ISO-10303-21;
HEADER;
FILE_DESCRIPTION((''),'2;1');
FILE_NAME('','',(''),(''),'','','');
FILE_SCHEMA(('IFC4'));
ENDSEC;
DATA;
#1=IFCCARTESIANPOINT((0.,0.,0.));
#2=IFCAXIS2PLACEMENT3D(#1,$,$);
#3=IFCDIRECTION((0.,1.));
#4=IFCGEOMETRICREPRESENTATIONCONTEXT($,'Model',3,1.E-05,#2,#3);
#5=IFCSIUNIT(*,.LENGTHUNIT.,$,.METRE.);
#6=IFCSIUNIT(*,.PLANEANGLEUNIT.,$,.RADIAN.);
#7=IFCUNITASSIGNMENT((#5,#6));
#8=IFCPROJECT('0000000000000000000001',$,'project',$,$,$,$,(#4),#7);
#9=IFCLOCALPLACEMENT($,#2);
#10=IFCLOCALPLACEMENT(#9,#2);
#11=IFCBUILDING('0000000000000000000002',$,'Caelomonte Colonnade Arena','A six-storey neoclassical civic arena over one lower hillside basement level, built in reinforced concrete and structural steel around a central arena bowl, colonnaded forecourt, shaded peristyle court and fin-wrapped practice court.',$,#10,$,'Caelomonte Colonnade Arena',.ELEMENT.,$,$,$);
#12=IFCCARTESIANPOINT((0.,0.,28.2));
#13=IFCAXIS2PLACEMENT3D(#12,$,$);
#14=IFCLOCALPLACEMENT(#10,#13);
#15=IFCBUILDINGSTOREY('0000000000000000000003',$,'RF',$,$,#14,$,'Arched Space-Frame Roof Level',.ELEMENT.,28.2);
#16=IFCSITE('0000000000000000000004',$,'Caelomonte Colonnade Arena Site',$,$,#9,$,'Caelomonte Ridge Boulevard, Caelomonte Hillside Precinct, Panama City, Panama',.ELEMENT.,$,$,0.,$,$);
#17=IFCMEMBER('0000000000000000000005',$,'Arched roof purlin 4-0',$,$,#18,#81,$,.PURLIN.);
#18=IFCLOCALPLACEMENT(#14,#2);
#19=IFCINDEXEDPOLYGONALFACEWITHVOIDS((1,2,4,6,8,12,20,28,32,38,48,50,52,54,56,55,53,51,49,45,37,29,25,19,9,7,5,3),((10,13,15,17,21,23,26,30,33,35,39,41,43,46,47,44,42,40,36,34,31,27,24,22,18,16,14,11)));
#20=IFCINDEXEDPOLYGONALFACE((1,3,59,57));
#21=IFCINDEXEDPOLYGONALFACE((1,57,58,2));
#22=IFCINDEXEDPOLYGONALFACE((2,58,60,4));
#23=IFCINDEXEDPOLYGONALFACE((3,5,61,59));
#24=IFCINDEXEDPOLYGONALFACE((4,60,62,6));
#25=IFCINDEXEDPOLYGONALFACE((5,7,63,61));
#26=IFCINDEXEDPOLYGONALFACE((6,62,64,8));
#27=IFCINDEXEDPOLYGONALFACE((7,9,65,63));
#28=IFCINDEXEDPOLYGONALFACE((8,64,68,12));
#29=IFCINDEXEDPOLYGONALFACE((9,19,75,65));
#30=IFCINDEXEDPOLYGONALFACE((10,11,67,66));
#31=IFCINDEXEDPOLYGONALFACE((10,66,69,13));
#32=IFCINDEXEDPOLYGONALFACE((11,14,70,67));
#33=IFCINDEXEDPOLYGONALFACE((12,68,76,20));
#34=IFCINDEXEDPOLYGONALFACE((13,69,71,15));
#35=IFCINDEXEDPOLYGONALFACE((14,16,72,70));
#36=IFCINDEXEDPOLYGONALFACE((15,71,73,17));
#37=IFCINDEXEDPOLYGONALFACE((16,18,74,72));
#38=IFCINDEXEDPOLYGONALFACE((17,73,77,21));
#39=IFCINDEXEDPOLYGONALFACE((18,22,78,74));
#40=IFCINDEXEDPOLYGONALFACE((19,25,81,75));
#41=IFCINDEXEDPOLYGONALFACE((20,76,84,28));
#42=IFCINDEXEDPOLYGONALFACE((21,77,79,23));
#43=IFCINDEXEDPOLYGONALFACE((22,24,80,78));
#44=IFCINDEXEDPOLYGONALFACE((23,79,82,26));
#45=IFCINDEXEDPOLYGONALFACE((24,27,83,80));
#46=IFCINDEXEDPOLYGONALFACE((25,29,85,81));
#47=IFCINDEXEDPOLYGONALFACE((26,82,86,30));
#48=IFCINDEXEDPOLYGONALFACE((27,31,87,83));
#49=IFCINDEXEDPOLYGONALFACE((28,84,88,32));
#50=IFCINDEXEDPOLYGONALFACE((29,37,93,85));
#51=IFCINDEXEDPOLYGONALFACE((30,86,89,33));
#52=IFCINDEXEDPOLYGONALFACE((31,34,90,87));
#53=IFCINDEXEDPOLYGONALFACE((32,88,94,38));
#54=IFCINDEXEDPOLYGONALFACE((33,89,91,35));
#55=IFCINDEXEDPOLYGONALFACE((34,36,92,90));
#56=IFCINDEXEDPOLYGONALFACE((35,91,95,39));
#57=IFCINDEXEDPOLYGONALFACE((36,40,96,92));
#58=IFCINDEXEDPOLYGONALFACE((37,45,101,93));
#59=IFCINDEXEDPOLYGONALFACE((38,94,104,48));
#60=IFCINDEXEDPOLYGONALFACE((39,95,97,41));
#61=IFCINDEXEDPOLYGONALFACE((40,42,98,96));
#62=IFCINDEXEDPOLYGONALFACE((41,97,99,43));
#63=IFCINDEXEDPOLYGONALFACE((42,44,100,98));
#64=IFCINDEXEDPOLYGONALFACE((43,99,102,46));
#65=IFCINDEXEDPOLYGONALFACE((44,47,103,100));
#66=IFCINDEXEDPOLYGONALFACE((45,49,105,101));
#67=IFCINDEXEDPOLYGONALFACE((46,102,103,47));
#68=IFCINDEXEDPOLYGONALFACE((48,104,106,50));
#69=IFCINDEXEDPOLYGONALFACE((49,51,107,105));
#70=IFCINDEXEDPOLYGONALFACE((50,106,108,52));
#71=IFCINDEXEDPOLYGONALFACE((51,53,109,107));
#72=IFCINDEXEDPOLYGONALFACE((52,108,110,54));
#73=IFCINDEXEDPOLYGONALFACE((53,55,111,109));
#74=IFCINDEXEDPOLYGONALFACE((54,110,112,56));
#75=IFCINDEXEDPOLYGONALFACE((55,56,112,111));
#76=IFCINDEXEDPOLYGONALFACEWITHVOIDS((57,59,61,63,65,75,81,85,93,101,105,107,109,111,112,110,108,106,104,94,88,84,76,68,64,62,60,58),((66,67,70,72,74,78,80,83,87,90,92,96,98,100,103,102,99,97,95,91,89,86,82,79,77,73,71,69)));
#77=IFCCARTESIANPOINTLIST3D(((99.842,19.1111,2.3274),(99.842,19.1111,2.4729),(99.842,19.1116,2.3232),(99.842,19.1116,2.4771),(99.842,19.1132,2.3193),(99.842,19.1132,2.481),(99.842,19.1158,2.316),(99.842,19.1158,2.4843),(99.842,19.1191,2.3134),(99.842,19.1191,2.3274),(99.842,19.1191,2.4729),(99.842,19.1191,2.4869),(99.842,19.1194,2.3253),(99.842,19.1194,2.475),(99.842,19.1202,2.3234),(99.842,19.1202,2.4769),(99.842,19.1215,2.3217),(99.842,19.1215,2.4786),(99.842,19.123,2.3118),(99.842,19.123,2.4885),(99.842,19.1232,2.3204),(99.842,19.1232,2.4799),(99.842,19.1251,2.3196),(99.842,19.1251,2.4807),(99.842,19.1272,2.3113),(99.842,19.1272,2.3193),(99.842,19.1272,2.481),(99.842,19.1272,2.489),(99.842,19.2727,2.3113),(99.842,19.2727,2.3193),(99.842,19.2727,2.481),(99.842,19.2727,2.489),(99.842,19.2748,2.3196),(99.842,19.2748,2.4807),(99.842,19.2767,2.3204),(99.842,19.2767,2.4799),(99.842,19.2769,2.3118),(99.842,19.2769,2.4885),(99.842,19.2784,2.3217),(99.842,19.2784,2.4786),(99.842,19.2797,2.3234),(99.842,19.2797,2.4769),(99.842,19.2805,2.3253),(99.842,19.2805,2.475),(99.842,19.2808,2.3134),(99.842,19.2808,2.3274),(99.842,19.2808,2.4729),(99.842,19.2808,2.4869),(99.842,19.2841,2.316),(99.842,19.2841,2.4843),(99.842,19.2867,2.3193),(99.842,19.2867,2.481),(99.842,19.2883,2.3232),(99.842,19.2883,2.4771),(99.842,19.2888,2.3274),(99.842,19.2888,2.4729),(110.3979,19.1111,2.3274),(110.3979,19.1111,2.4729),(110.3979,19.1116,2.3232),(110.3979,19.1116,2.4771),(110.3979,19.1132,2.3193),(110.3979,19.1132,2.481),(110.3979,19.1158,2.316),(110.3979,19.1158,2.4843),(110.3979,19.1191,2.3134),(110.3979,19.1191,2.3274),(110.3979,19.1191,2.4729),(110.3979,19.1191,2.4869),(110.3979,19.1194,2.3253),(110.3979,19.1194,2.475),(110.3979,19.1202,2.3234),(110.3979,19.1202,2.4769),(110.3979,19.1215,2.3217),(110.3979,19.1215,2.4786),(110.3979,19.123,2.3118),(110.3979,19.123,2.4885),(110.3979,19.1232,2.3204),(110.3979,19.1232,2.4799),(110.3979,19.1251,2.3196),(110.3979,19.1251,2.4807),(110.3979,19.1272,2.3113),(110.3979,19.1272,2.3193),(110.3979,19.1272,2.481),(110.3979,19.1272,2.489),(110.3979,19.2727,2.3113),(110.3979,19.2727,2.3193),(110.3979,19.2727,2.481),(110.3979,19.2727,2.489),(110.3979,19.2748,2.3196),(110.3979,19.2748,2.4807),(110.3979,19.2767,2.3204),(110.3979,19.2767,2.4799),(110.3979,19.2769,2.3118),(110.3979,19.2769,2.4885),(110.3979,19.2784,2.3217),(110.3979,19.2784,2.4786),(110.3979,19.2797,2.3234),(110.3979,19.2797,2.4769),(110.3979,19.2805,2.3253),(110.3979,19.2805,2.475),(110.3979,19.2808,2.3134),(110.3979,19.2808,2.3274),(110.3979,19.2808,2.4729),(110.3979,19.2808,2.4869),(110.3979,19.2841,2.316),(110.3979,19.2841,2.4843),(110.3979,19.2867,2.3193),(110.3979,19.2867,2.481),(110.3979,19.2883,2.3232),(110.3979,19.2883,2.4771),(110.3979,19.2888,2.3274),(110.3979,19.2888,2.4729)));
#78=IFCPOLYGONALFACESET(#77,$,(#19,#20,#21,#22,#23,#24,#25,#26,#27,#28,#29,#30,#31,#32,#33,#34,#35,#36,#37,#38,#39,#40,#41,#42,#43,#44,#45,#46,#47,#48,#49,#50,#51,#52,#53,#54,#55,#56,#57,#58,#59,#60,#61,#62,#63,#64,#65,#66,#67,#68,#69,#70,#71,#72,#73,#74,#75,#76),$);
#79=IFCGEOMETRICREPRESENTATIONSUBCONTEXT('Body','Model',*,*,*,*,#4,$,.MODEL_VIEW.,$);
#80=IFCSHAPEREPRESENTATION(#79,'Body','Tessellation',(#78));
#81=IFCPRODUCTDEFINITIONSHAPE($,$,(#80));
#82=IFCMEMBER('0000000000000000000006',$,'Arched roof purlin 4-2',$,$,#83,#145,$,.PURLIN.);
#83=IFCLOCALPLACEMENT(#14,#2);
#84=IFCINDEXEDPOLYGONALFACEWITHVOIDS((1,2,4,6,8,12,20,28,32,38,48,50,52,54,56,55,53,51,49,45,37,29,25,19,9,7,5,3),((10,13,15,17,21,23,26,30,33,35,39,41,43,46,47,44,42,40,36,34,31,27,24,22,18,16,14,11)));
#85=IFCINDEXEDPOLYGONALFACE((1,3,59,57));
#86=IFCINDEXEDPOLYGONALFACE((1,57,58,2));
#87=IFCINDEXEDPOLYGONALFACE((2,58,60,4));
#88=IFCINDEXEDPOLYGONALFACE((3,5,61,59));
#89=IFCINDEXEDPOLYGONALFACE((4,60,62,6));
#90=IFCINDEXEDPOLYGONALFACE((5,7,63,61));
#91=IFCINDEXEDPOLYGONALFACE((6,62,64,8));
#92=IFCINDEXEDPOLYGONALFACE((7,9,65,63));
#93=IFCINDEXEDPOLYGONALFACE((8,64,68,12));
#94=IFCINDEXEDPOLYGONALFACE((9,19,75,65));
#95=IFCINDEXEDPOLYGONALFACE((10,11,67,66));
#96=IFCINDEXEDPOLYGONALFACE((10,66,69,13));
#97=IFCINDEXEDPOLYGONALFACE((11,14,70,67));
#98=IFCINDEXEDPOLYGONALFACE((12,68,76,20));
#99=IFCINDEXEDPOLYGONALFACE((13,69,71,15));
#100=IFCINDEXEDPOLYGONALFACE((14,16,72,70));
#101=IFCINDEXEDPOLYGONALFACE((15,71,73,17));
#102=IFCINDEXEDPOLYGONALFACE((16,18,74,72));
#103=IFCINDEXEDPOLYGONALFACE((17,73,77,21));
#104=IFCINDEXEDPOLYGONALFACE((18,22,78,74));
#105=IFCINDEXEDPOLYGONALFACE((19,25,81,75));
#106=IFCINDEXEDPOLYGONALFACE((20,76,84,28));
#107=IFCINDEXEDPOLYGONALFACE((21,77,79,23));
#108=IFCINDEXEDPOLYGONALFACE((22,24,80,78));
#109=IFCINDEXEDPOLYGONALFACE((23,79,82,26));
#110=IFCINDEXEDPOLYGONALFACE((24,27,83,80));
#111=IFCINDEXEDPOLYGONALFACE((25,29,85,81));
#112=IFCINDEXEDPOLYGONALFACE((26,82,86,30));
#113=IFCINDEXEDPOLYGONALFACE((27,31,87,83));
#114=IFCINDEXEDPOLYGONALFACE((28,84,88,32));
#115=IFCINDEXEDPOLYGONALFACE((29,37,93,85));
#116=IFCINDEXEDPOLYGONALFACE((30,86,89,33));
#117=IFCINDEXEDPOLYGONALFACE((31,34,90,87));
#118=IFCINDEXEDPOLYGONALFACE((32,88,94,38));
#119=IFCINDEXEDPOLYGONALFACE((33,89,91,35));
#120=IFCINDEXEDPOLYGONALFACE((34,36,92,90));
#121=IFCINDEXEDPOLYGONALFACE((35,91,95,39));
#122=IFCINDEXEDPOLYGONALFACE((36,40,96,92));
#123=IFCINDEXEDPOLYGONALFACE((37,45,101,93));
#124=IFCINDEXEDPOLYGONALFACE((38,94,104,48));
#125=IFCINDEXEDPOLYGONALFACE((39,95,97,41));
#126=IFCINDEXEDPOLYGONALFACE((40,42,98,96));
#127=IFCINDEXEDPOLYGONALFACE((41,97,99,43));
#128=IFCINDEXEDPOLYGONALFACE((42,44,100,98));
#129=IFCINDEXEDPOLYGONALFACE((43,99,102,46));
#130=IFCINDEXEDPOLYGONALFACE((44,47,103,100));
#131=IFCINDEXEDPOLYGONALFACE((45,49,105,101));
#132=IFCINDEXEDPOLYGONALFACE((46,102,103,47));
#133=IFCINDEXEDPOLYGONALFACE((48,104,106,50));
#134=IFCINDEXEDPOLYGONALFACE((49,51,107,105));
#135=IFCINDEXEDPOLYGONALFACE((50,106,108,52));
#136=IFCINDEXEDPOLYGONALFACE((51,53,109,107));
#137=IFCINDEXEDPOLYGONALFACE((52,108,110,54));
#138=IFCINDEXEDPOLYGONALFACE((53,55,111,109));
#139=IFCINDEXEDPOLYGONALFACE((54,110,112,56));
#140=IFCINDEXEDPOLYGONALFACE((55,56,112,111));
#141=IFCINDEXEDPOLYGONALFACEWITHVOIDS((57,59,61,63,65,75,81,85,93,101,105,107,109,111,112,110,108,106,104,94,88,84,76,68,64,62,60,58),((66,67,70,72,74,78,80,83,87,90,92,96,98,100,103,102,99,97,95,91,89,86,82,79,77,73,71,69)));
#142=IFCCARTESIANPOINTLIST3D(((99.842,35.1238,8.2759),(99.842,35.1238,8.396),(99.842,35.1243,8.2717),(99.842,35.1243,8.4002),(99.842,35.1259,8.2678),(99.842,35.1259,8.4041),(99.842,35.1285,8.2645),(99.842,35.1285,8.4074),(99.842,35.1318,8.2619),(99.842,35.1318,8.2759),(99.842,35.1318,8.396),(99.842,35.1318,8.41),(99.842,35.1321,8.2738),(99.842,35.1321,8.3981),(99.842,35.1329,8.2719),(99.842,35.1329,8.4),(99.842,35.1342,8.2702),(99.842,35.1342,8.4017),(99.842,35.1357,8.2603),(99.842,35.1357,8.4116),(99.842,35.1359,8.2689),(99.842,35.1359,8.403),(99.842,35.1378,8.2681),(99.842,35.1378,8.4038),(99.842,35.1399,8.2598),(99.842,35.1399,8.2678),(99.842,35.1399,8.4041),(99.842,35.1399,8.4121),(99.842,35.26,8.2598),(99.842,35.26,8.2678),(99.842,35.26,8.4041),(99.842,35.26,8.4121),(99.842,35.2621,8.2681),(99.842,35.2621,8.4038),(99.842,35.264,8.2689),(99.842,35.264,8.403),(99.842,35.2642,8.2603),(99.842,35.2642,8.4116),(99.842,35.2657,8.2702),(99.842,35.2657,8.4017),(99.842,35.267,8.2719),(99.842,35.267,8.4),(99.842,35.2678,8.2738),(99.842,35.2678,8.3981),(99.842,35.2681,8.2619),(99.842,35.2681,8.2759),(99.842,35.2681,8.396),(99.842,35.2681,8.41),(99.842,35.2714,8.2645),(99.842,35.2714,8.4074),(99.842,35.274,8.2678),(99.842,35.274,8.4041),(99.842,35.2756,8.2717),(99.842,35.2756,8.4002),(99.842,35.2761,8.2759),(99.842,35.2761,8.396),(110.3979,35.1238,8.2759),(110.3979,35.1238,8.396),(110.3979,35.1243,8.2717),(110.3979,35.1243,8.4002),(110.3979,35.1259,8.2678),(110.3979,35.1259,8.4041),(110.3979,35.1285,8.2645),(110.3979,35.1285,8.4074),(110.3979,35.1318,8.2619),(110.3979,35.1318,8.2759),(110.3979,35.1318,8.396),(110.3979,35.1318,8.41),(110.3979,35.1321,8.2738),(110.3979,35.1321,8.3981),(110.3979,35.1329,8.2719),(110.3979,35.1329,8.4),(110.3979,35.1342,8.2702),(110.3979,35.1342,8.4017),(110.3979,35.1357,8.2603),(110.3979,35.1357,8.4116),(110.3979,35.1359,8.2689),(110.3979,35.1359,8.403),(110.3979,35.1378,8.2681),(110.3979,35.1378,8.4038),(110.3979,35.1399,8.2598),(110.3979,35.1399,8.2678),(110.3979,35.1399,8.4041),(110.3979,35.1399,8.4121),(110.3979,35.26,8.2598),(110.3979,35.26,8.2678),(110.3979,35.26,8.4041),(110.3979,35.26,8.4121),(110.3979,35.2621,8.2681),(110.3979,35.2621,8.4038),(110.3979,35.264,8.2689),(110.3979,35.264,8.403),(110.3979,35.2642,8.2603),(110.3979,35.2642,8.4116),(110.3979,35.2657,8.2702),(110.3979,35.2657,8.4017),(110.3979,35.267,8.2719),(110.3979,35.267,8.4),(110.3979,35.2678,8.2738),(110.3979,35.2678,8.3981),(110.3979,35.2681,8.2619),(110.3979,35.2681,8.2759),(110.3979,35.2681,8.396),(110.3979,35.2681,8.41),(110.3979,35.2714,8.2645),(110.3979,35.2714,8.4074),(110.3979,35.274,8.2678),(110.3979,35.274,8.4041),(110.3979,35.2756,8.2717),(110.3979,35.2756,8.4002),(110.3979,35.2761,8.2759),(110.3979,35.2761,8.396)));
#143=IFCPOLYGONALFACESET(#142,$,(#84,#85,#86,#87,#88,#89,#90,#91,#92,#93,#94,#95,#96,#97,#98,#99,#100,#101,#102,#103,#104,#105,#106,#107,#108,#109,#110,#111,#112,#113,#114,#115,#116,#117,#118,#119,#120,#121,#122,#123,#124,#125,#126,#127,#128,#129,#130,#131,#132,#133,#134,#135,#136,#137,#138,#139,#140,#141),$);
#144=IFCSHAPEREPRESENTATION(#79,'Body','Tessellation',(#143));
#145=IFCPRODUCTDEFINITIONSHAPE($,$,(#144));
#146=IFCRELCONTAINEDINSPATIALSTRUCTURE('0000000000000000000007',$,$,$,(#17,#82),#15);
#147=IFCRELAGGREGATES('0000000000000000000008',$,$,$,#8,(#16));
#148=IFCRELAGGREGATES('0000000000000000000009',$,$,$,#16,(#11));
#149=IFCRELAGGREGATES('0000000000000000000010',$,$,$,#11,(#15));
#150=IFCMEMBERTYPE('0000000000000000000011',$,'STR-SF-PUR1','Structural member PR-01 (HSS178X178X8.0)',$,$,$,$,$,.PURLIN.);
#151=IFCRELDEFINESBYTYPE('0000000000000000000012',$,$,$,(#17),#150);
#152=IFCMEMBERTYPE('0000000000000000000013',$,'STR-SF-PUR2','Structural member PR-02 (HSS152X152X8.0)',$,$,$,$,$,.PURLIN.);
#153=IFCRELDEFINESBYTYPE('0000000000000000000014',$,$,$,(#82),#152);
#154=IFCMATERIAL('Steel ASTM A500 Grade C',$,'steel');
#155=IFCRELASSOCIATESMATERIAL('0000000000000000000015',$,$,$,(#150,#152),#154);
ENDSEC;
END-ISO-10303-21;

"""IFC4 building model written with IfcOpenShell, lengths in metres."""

from ifc_helpers import new_model, si_unit, direction, frame, origin, origin_2d, place, context, subcontext, project, spatial, hollow_rectangle, extrude, material, material_profile, profile_set, type_object, element, save


model = new_model("IFC4")

# Units and contexts
model_context = context("Model", 3, precision=1e-05, world=origin(), true_north=direction((0.0, 1.0)))
body_context = subcontext(model_context, "Body", "Model", "MODEL_VIEW")
ifc_project = project(units=[si_unit("LENGTHUNIT", "METRE"), si_unit("PLANEANGLEUNIT", "RADIAN")], contexts=[model_context])

# Site, building, storey
site_placement = place(None, origin())
site = spatial("IfcSite", under=ifc_project, at=site_placement, Name="Caelomonte Colonnade Arena Site", LongName="Caelomonte Ridge Boulevard, Caelomonte Hillside Precinct, Panama City, Panama", CompositionType="ELEMENT", RefElevation=0.0)
building_placement = place(site_placement, origin())
building = spatial("IfcBuilding", under=site, at=building_placement, Name="Caelomonte Colonnade Arena", Description="A six-storey neoclassical civic arena over one lower hillside basement level, built in reinforced concrete and structural steel around a central arena bowl, colonnaded forecourt, shaded peristyle court and fin-wrapped practice court.", LongName="Caelomonte Colonnade Arena", CompositionType="ELEMENT")
storey_placement = place(building_placement, frame((0.0, 0.0, 28.2)))
storey = spatial("IfcBuildingStorey", under=building, at=storey_placement, Name="RF", LongName="Arched Space-Frame Roof Level", CompositionType="ELEMENT", Elevation=28.2)

# Members
ifc_material_1 = material(Name="Steel ASTM A500 Grade C", Category="steel")
ifc_material_profile_1 = material_profile(ifc_material_1, hollow_rectangle(XDim=0.1777, YDim=0.1777, WallThickness=0.0081, InnerFilletRadius=0.0081, OuterFilletRadius=0.0161, at=origin_2d()), Name="HSS178X178X8.0")
ifc_profile_set_1 = profile_set([ifc_material_profile_1], Name="Steel ASTM A500 Grade C")
member_type_1 = type_object("IfcMemberType", Name="STR-SF-PUR1", Description="Structural member PR-01 (HSS178X178X8.0)", PredefinedType="PURLIN", material=ifc_profile_set_1)
member_1_placement = place(storey_placement, frame((99.842, 19.2, 2.4001), z_axis=(1.0, 0.0, 0.0), x_axis=(0.0, 1.0, 0.0)))
element("IfcMember", 1, at=member_1_placement, inside=storey, type_object=member_type_1, Name="Arched roof purlin 4-0", PredefinedType="PURLIN", context=body_context, shape_type="SweptSolid", body=[
    extrude(hollow_rectangle(XDim=0.1777, YDim=0.1777, WallThickness=0.0081, InnerFilletRadius=0.0081, OuterFilletRadius=0.0161, at=origin_2d()), origin(), (0.0, 0.0, 1.0), 10.5559),
])
ifc_material_profile_2 = material_profile(ifc_material_1, hollow_rectangle(XDim=0.1523, YDim=0.1523, WallThickness=0.0081, InnerFilletRadius=0.0081, OuterFilletRadius=0.0161, at=origin_2d()), Name="HSS152X152X8.0")
ifc_profile_set_2 = profile_set([ifc_material_profile_2], Name="Steel ASTM A500 Grade C")
member_type_2 = type_object("IfcMemberType", Name="STR-SF-PUR2", Description="Structural member PR-02 (HSS152X152X8.0)", PredefinedType="PURLIN", material=ifc_profile_set_2)
member_2_placement = place(storey_placement, frame((99.842, 35.2, 8.3359), z_axis=(1.0, 0.0, 0.0), x_axis=(0.0, 1.0, 0.0)))
element("IfcMember", 2, at=member_2_placement, inside=storey, type_object=member_type_2, Name="Arched roof purlin 4-2", PredefinedType="PURLIN", context=body_context, shape_type="SweptSolid", body=[
    extrude(hollow_rectangle(XDim=0.1523, YDim=0.1523, WallThickness=0.0081, InnerFilletRadius=0.0081, OuterFilletRadius=0.0161, at=origin_2d()), origin(), (0.0, 0.0, 1.0), 10.5559),
])

save(model, "model.ifc")
